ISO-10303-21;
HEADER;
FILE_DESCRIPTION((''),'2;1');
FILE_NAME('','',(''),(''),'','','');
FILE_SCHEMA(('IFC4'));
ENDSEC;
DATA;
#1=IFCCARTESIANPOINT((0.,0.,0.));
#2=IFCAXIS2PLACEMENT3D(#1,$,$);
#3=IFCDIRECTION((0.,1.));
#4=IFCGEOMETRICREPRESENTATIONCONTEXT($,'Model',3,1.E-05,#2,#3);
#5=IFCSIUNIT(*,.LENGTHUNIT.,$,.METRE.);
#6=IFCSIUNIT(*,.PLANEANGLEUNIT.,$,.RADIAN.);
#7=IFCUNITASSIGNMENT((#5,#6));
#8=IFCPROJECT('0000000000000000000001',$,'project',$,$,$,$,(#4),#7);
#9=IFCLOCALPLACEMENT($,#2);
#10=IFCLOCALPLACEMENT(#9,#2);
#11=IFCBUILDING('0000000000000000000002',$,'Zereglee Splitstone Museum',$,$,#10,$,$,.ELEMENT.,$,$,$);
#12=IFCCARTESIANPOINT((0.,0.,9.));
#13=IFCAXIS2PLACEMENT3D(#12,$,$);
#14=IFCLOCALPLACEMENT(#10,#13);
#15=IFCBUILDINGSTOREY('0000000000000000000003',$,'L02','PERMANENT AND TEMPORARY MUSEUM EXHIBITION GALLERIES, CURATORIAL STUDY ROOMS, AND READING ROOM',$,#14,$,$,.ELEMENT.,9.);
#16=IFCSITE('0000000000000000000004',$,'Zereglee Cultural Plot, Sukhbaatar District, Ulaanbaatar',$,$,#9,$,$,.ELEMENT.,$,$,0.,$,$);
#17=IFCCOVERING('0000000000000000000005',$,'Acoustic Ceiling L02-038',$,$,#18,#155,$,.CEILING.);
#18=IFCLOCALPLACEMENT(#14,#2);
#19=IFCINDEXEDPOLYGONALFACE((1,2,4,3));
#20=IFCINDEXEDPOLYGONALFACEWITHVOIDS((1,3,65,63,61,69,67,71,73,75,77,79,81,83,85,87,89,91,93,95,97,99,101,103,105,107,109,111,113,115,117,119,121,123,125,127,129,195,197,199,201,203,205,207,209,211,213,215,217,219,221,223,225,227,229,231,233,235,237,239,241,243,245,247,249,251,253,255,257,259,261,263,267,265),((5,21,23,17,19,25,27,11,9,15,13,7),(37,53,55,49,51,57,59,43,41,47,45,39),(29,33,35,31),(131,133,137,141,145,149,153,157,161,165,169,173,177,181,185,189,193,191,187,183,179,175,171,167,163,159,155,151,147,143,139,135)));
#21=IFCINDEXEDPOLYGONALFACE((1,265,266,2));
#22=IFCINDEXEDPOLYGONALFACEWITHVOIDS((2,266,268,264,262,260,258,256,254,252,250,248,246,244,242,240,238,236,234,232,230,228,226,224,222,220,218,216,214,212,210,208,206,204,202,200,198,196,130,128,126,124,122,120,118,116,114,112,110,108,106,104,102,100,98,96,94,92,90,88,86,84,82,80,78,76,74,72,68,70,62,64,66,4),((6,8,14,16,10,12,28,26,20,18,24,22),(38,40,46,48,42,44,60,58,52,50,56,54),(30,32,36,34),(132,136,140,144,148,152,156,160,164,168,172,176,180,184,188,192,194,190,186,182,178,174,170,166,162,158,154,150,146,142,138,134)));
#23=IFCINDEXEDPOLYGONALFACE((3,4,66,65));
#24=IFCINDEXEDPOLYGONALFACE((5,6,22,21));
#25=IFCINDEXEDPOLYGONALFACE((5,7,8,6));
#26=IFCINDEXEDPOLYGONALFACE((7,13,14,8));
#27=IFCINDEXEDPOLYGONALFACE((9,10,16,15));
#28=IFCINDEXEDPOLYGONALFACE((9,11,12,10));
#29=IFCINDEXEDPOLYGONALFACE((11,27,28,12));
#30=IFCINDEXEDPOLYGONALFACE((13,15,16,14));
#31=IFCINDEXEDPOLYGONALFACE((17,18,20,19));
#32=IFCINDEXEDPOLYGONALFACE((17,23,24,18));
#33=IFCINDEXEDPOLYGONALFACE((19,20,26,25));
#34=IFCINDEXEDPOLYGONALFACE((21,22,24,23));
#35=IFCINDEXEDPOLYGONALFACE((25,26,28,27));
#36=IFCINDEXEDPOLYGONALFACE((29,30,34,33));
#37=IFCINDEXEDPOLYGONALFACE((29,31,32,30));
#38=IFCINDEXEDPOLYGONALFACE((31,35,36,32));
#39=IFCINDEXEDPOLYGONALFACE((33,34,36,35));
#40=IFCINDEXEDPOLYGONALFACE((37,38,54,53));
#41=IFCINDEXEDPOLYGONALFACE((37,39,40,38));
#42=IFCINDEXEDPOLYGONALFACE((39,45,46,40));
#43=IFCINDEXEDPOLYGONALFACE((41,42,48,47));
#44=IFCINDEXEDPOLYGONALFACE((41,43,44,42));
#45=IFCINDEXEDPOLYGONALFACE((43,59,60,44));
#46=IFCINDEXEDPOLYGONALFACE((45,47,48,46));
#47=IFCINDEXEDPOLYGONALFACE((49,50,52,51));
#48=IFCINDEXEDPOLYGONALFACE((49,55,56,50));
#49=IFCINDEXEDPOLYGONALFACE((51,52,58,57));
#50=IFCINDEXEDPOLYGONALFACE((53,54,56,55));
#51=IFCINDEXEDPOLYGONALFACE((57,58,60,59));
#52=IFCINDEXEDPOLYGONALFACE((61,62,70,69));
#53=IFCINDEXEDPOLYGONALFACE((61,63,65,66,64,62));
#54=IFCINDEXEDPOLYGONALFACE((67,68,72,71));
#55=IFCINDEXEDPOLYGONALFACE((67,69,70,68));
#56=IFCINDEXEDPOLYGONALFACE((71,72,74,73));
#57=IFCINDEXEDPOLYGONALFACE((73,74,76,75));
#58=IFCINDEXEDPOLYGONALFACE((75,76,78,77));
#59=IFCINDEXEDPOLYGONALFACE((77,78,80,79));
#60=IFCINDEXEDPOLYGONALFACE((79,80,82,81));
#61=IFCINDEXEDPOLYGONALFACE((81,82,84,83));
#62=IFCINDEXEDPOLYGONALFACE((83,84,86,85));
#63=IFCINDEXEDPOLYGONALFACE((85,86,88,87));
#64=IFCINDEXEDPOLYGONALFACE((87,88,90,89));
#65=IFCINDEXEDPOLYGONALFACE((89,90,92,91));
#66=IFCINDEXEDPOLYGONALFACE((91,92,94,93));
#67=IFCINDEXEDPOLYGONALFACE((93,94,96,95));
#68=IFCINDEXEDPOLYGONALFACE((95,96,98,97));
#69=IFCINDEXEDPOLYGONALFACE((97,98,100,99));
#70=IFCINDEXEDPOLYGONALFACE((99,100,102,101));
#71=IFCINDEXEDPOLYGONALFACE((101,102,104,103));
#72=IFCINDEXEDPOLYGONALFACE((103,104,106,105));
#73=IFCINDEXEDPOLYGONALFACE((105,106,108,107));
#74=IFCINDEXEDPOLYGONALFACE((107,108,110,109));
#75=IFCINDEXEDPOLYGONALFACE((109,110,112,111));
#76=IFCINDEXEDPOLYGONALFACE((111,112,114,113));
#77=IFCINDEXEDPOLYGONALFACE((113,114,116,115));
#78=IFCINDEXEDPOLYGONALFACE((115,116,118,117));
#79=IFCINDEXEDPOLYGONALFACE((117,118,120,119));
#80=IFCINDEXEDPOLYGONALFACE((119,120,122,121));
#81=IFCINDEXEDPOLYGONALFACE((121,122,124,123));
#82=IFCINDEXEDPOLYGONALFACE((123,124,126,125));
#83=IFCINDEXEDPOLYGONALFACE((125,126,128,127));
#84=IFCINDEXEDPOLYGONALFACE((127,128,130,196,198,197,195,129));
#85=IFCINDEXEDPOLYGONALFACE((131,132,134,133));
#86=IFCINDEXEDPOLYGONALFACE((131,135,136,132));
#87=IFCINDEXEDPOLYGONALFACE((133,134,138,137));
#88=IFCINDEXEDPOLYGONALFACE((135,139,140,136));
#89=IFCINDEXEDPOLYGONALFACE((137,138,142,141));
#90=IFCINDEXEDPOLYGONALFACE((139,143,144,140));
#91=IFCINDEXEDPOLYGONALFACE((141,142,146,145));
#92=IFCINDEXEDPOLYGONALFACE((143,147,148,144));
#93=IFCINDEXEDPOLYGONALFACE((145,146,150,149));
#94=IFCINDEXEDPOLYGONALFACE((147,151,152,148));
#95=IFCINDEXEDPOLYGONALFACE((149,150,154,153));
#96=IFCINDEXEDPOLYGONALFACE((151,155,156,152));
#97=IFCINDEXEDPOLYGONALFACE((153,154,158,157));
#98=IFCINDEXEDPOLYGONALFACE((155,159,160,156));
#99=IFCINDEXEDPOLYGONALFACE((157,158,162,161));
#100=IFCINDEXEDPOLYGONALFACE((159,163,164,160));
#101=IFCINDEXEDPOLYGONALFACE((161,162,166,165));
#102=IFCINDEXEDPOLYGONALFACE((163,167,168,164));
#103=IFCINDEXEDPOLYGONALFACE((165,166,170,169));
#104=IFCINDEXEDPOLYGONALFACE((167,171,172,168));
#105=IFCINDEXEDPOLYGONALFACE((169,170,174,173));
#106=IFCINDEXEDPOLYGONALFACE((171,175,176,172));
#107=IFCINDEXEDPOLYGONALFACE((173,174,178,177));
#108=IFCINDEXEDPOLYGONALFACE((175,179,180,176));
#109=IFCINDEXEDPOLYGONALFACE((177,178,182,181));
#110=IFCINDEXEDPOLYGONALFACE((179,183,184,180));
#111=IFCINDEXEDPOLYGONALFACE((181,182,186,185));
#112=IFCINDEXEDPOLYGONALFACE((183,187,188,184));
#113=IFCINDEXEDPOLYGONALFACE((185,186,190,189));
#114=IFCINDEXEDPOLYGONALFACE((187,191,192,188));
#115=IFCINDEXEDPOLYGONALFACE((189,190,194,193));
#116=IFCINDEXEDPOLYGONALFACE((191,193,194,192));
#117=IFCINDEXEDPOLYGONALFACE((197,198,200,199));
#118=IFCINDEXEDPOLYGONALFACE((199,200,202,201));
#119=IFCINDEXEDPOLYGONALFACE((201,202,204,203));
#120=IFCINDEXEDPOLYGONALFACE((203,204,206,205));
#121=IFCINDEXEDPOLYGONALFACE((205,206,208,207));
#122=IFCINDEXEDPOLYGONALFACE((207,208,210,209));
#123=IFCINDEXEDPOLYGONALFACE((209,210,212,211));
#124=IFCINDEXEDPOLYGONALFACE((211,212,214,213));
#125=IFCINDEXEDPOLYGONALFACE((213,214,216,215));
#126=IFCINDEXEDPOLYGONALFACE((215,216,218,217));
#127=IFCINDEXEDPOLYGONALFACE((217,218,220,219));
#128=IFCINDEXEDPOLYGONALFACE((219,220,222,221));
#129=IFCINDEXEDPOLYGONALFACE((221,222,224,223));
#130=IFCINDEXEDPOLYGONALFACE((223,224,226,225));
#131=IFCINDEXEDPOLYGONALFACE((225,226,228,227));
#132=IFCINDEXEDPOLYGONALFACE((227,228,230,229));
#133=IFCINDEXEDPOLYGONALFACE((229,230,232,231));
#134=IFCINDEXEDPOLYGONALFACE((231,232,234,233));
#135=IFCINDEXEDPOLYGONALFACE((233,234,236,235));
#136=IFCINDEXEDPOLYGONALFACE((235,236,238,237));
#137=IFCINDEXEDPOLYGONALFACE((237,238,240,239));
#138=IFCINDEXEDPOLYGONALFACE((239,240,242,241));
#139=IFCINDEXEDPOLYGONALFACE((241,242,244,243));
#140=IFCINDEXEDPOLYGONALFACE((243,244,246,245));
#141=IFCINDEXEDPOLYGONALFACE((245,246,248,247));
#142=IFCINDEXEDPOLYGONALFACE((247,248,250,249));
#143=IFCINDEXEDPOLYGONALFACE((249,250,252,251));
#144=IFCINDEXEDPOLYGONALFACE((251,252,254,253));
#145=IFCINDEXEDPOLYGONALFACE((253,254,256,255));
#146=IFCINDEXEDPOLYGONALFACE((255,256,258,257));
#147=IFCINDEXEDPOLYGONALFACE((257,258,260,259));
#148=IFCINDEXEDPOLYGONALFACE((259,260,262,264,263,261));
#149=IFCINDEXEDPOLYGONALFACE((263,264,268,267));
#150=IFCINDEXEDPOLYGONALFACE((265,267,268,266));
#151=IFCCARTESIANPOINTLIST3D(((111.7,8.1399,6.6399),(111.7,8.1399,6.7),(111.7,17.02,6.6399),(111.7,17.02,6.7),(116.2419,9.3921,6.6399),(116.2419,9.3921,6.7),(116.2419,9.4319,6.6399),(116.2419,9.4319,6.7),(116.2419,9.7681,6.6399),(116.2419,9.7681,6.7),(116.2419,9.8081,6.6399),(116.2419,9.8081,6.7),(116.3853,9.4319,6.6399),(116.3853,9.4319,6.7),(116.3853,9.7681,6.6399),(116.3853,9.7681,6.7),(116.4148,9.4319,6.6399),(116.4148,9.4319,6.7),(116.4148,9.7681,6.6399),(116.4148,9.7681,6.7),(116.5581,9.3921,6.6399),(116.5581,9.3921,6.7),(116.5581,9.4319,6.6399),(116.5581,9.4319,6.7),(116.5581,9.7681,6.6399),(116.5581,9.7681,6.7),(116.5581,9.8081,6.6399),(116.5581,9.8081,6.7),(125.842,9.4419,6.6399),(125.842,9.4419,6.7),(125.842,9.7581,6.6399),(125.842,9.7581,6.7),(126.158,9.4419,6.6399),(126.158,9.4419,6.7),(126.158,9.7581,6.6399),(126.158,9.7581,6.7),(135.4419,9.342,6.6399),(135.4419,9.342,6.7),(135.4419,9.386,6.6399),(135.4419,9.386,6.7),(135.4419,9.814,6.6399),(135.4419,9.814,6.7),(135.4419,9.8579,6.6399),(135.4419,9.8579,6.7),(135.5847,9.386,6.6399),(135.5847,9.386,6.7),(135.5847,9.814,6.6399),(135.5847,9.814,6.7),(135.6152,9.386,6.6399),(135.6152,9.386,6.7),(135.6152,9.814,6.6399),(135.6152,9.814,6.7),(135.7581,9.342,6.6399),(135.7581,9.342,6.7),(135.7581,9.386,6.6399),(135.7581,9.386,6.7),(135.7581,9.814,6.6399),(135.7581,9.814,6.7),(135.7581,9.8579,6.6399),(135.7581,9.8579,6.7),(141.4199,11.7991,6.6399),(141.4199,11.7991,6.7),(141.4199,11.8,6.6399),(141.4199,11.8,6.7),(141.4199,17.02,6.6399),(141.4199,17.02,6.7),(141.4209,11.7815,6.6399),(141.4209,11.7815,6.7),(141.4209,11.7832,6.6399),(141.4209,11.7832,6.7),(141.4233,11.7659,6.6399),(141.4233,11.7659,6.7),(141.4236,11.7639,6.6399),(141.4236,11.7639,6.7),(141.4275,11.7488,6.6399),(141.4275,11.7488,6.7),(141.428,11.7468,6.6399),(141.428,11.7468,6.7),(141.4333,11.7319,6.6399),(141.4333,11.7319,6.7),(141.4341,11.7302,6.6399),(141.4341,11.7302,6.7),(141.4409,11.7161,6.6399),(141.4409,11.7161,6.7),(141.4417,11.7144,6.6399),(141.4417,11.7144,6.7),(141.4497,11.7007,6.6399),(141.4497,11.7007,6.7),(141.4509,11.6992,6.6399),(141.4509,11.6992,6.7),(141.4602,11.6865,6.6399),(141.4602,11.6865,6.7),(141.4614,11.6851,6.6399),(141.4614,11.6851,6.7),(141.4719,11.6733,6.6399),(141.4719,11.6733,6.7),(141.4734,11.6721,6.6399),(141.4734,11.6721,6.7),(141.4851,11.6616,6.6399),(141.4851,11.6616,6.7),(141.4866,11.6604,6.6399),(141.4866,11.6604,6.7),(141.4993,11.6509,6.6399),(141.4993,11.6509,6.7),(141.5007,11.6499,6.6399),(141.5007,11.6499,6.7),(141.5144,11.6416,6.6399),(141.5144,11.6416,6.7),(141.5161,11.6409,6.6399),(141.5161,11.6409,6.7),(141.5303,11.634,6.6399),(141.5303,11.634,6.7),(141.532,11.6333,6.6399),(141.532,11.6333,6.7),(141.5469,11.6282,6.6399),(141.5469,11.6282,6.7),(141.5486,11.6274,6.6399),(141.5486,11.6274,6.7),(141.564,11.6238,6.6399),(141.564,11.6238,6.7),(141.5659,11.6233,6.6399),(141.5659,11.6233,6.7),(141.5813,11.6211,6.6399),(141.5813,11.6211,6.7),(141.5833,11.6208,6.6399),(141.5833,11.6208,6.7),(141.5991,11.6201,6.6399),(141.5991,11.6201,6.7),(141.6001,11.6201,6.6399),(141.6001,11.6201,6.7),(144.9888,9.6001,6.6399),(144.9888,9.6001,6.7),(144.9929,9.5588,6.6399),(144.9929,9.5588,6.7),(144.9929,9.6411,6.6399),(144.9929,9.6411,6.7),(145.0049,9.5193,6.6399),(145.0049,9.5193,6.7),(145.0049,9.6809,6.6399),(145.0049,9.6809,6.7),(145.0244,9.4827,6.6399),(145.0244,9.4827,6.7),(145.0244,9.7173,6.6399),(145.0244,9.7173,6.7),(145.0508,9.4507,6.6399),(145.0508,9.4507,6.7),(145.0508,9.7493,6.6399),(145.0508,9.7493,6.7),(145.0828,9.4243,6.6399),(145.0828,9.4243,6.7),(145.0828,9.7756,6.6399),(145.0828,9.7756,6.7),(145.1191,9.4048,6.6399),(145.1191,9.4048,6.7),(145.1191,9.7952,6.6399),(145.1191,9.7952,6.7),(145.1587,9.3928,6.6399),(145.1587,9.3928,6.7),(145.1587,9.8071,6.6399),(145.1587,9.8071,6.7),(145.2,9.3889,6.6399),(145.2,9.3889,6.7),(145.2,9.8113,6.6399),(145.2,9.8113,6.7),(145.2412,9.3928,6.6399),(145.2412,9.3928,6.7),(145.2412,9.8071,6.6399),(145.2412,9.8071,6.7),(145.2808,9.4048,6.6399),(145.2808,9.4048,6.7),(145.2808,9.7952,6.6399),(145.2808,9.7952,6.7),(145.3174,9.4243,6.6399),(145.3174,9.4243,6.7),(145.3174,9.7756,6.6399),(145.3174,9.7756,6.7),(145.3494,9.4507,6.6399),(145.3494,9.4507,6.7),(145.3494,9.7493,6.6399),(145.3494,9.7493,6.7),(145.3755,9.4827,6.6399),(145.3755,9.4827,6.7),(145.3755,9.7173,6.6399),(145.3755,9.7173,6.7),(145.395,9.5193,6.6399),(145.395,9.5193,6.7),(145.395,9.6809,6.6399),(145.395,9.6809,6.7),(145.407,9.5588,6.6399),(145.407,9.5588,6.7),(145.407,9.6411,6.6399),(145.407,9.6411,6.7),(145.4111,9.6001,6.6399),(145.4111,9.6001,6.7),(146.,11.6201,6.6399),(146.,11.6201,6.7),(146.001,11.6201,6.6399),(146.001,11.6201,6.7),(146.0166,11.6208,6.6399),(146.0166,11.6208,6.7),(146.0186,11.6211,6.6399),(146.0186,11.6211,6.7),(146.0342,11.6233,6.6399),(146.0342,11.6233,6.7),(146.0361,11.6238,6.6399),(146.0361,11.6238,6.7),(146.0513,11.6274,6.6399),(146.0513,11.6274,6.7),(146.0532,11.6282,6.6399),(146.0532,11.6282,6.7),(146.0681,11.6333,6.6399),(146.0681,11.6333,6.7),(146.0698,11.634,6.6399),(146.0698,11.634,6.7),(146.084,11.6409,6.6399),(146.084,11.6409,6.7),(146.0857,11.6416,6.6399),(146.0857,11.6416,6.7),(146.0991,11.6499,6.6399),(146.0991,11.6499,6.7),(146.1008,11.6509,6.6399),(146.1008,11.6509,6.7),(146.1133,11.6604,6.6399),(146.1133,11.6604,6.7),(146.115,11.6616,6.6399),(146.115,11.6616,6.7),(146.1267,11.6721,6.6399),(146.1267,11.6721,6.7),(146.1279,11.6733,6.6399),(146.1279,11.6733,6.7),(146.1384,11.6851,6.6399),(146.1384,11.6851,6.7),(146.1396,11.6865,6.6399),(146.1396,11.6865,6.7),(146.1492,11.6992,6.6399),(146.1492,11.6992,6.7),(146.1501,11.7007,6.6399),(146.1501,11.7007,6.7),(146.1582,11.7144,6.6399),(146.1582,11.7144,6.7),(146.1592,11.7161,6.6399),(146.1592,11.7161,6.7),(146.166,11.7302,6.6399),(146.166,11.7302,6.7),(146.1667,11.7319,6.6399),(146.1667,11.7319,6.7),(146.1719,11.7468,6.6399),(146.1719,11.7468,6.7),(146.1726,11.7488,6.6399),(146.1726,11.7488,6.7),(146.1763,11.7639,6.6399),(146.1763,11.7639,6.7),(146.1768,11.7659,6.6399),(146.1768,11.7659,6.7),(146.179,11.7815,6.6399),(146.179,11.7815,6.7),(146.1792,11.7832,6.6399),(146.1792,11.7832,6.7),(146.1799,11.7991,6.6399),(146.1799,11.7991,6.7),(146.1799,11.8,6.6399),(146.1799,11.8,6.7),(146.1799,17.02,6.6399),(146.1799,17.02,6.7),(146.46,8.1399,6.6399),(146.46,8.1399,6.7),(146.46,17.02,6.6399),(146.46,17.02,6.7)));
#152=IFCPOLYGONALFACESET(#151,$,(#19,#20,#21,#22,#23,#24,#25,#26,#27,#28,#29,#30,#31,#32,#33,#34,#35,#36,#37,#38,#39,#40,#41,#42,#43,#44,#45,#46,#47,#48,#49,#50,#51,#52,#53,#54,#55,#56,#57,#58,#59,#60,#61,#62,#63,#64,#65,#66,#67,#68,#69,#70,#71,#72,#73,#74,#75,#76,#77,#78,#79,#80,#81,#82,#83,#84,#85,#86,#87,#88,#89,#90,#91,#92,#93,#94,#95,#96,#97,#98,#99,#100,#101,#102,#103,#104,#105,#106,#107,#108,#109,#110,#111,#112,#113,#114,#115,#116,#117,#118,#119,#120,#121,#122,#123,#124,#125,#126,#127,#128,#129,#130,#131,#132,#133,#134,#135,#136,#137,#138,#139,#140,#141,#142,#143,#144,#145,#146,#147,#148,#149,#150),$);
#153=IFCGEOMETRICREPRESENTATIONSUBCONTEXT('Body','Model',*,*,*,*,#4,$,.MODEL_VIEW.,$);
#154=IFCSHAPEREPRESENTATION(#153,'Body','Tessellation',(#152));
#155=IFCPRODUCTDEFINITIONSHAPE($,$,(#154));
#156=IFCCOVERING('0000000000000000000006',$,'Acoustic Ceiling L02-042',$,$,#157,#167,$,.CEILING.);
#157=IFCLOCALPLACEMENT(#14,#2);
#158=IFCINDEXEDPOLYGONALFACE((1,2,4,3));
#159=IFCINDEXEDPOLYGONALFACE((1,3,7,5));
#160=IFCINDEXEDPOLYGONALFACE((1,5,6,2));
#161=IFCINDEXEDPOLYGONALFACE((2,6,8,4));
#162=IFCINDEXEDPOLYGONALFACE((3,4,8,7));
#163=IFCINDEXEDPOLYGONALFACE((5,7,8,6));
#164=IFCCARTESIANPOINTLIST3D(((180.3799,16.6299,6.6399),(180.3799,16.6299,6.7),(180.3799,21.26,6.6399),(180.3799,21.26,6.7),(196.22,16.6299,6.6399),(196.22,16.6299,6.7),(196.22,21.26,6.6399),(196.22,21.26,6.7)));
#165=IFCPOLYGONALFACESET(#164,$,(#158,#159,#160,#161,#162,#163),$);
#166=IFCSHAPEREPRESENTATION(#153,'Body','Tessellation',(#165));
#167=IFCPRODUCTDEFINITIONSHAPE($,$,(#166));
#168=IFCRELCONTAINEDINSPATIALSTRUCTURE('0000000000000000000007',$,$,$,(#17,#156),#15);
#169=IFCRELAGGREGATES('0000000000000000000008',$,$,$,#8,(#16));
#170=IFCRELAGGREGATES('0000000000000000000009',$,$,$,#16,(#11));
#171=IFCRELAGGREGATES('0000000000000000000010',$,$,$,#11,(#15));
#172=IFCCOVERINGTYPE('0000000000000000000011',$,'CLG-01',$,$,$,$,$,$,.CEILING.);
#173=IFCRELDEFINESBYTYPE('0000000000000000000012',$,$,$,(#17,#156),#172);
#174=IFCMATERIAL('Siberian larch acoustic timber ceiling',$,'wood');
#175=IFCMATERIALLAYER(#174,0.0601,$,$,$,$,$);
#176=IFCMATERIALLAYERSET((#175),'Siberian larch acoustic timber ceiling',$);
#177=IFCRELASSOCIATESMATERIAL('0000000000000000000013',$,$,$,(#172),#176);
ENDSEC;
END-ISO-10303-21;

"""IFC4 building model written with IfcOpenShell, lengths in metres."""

from ifc_helpers import new_model, si_unit, direction, frame, origin, place, context, subcontext, project, spatial, polyline, outline, extrude, material, layer, layer_set, type_object, element, save


model = new_model("IFC4")

# Units and contexts
model_context = context("Model", 3, precision=1e-05, world=origin(), true_north=direction((0.0, 1.0)))
body_context = subcontext(model_context, "Body", "Model", "MODEL_VIEW")
ifc_project = project(units=[si_unit("LENGTHUNIT", "METRE"), si_unit("PLANEANGLEUNIT", "RADIAN")], contexts=[model_context])

# Site, building, storey
site_placement = place(None, origin())
site = spatial("IfcSite", under=ifc_project, at=site_placement, Name="Zereglee Cultural Plot, Sukhbaatar District, Ulaanbaatar", CompositionType="ELEMENT", RefElevation=0.0)
building_placement = place(site_placement, origin())
building = spatial("IfcBuilding", under=site, at=building_placement, Name="Zereglee Splitstone Museum", CompositionType="ELEMENT")
storey_placement = place(building_placement, frame((0.0, 0.0, 9.0)))
storey = spatial("IfcBuildingStorey", under=building, at=storey_placement, Name="L02", Description="PERMANENT AND TEMPORARY MUSEUM EXHIBITION GALLERIES, CURATORIAL STUDY ROOMS, AND READING ROOM", CompositionType="ELEMENT", Elevation=9.0)

# Coverings
ifc_material_1 = material(Name="Siberian larch acoustic timber ceiling", Category="wood")
ifc_layer_1 = layer(ifc_material_1, 0.0601)
ifc_layer_set_1 = layer_set([ifc_layer_1], Name="Siberian larch acoustic timber ceiling")
covering_type_1 = type_object("IfcCoveringType", Name="CLG-01", PredefinedType="CEILING", material=ifc_layer_set_1)
covering_1_placement = place(storey_placement, frame((0.0, 0.0, 6.6399)))
element("IfcCovering", 1, at=covering_1_placement, inside=storey, type_object=covering_type_1, Name="Acoustic Ceiling L02-038", PredefinedType="CEILING", context=body_context, shape_type="SweptSolid", body=[
    extrude(outline(polyline([(111.7, 17.02), (141.4199, 17.02), (141.4199, 11.8), (141.4199, 11.7991), (141.4209, 11.7832), (141.4209, 11.7815), (141.4233, 11.7659), (141.4236, 11.7639), (141.4275, 11.7488), (141.428, 11.7468), (141.4333, 11.7319), (141.4341, 11.7302), (141.4409, 11.7161), (141.4417, 11.7144), (141.4497, 11.7007), (141.4509, 11.6992), (141.4602, 11.6865), (141.4614, 11.6851), (141.4719, 11.6733), (141.4734, 11.6721), (141.4851, 11.6616), (141.4866, 11.6604), (141.4993, 11.6509), (141.5007, 11.6499), (141.5144, 11.6416), (141.5161, 11.6409), (141.5303, 11.634), (141.532, 11.6333), (141.5469, 11.6282), (141.5486, 11.6274), (141.564, 11.6238), (141.5659, 11.6233), (141.5813, 11.6211), (141.5833, 11.6208), (141.5991, 11.6201), (141.6001, 11.6201), (146.0, 11.6201), (146.001, 11.6201), (146.0166, 11.6208), (146.0186, 11.6211), (146.0342, 11.6233), (146.0361, 11.6238), (146.0513, 11.6274), (146.0532, 11.6282), (146.0681, 11.6333), (146.0698, 11.634), (146.084, 11.6409), (146.0857, 11.6416), (146.0991, 11.6499), (146.1008, 11.6509), (146.1133, 11.6604), (146.115, 11.6616), (146.1267, 11.6721), (146.1279, 11.6733), (146.1384, 11.6851), (146.1396, 11.6865), (146.1492, 11.6992), (146.1501, 11.7007), (146.1582, 11.7144), (146.1592, 11.7161), (146.166, 11.7302), (146.1667, 11.7319), (146.1719, 11.7468), (146.1726, 11.7488), (146.1763, 11.7639), (146.1768, 11.7659), (146.179, 11.7815), (146.1792, 11.7832), (146.1799, 11.7991), (146.1799, 11.8), (146.1799, 17.02), (146.46, 17.02), (146.46, 8.1399), (111.7, 8.1399), (111.7, 17.02)]), holes=[polyline([(145.2808, 9.4048), (145.3174, 9.4243), (145.3494, 9.4507), (145.3755, 9.4827), (145.395, 9.5193), (145.407, 9.5588), (145.4111, 9.6001), (145.407, 9.6411), (145.395, 9.6809), (145.3755, 9.7173), (145.3494, 9.7493), (145.3174, 9.7756), (145.2808, 9.7952), (145.2412, 9.8071), (145.2, 9.8113), (145.1587, 9.8071), (145.1191, 9.7952), (145.0828, 9.7756), (145.0508, 9.7493), (145.0244, 9.7173), (145.0049, 9.6809), (144.9929, 9.6411), (144.9888, 9.6001), (144.9929, 9.5588), (145.0049, 9.5193), (145.0244, 9.4827), (145.0508, 9.4507), (145.0828, 9.4243), (145.1191, 9.4048), (145.1587, 9.3928), (145.2, 9.3889), (145.2412, 9.3928), (145.2808, 9.4048)]), polyline([(135.7581, 9.8579), (135.4419, 9.8579), (135.4419, 9.814), (135.5847, 9.814), (135.5847, 9.386), (135.4419, 9.386), (135.4419, 9.342), (135.7581, 9.342), (135.7581, 9.386), (135.6152, 9.386), (135.6152, 9.814), (135.7581, 9.814), (135.7581, 9.8579)]), polyline([(125.842, 9.7581), (125.842, 9.4419), (126.158, 9.4419), (126.158, 9.7581), (125.842, 9.7581)]), polyline([(116.5581, 9.8081), (116.2419, 9.8081), (116.2419, 9.7681), (116.3853, 9.7681), (116.3853, 9.4319), (116.2419, 9.4319), (116.2419, 9.3921), (116.5581, 9.3921), (116.5581, 9.4319), (116.4148, 9.4319), (116.4148, 9.7681), (116.5581, 9.7681), (116.5581, 9.8081)])]), origin(), (0.0, 0.0, 1.0), 0.0601),
])
covering_2_placement = place(storey_placement, frame((0.0, 0.0, 6.6399)))
element("IfcCovering", 2, at=covering_2_placement, inside=storey, type_object=covering_type_1, Name="Acoustic Ceiling L02-042", PredefinedType="CEILING", context=body_context, shape_type="SweptSolid", body=[
    extrude(outline(polyline([(180.3799, 16.6299), (180.3799, 21.26), (196.22, 21.26), (196.22, 16.6299), (180.3799, 16.6299)])), origin(), (0.0, 0.0, 1.0), 0.0601),
])

save(model, "model.ifc")
